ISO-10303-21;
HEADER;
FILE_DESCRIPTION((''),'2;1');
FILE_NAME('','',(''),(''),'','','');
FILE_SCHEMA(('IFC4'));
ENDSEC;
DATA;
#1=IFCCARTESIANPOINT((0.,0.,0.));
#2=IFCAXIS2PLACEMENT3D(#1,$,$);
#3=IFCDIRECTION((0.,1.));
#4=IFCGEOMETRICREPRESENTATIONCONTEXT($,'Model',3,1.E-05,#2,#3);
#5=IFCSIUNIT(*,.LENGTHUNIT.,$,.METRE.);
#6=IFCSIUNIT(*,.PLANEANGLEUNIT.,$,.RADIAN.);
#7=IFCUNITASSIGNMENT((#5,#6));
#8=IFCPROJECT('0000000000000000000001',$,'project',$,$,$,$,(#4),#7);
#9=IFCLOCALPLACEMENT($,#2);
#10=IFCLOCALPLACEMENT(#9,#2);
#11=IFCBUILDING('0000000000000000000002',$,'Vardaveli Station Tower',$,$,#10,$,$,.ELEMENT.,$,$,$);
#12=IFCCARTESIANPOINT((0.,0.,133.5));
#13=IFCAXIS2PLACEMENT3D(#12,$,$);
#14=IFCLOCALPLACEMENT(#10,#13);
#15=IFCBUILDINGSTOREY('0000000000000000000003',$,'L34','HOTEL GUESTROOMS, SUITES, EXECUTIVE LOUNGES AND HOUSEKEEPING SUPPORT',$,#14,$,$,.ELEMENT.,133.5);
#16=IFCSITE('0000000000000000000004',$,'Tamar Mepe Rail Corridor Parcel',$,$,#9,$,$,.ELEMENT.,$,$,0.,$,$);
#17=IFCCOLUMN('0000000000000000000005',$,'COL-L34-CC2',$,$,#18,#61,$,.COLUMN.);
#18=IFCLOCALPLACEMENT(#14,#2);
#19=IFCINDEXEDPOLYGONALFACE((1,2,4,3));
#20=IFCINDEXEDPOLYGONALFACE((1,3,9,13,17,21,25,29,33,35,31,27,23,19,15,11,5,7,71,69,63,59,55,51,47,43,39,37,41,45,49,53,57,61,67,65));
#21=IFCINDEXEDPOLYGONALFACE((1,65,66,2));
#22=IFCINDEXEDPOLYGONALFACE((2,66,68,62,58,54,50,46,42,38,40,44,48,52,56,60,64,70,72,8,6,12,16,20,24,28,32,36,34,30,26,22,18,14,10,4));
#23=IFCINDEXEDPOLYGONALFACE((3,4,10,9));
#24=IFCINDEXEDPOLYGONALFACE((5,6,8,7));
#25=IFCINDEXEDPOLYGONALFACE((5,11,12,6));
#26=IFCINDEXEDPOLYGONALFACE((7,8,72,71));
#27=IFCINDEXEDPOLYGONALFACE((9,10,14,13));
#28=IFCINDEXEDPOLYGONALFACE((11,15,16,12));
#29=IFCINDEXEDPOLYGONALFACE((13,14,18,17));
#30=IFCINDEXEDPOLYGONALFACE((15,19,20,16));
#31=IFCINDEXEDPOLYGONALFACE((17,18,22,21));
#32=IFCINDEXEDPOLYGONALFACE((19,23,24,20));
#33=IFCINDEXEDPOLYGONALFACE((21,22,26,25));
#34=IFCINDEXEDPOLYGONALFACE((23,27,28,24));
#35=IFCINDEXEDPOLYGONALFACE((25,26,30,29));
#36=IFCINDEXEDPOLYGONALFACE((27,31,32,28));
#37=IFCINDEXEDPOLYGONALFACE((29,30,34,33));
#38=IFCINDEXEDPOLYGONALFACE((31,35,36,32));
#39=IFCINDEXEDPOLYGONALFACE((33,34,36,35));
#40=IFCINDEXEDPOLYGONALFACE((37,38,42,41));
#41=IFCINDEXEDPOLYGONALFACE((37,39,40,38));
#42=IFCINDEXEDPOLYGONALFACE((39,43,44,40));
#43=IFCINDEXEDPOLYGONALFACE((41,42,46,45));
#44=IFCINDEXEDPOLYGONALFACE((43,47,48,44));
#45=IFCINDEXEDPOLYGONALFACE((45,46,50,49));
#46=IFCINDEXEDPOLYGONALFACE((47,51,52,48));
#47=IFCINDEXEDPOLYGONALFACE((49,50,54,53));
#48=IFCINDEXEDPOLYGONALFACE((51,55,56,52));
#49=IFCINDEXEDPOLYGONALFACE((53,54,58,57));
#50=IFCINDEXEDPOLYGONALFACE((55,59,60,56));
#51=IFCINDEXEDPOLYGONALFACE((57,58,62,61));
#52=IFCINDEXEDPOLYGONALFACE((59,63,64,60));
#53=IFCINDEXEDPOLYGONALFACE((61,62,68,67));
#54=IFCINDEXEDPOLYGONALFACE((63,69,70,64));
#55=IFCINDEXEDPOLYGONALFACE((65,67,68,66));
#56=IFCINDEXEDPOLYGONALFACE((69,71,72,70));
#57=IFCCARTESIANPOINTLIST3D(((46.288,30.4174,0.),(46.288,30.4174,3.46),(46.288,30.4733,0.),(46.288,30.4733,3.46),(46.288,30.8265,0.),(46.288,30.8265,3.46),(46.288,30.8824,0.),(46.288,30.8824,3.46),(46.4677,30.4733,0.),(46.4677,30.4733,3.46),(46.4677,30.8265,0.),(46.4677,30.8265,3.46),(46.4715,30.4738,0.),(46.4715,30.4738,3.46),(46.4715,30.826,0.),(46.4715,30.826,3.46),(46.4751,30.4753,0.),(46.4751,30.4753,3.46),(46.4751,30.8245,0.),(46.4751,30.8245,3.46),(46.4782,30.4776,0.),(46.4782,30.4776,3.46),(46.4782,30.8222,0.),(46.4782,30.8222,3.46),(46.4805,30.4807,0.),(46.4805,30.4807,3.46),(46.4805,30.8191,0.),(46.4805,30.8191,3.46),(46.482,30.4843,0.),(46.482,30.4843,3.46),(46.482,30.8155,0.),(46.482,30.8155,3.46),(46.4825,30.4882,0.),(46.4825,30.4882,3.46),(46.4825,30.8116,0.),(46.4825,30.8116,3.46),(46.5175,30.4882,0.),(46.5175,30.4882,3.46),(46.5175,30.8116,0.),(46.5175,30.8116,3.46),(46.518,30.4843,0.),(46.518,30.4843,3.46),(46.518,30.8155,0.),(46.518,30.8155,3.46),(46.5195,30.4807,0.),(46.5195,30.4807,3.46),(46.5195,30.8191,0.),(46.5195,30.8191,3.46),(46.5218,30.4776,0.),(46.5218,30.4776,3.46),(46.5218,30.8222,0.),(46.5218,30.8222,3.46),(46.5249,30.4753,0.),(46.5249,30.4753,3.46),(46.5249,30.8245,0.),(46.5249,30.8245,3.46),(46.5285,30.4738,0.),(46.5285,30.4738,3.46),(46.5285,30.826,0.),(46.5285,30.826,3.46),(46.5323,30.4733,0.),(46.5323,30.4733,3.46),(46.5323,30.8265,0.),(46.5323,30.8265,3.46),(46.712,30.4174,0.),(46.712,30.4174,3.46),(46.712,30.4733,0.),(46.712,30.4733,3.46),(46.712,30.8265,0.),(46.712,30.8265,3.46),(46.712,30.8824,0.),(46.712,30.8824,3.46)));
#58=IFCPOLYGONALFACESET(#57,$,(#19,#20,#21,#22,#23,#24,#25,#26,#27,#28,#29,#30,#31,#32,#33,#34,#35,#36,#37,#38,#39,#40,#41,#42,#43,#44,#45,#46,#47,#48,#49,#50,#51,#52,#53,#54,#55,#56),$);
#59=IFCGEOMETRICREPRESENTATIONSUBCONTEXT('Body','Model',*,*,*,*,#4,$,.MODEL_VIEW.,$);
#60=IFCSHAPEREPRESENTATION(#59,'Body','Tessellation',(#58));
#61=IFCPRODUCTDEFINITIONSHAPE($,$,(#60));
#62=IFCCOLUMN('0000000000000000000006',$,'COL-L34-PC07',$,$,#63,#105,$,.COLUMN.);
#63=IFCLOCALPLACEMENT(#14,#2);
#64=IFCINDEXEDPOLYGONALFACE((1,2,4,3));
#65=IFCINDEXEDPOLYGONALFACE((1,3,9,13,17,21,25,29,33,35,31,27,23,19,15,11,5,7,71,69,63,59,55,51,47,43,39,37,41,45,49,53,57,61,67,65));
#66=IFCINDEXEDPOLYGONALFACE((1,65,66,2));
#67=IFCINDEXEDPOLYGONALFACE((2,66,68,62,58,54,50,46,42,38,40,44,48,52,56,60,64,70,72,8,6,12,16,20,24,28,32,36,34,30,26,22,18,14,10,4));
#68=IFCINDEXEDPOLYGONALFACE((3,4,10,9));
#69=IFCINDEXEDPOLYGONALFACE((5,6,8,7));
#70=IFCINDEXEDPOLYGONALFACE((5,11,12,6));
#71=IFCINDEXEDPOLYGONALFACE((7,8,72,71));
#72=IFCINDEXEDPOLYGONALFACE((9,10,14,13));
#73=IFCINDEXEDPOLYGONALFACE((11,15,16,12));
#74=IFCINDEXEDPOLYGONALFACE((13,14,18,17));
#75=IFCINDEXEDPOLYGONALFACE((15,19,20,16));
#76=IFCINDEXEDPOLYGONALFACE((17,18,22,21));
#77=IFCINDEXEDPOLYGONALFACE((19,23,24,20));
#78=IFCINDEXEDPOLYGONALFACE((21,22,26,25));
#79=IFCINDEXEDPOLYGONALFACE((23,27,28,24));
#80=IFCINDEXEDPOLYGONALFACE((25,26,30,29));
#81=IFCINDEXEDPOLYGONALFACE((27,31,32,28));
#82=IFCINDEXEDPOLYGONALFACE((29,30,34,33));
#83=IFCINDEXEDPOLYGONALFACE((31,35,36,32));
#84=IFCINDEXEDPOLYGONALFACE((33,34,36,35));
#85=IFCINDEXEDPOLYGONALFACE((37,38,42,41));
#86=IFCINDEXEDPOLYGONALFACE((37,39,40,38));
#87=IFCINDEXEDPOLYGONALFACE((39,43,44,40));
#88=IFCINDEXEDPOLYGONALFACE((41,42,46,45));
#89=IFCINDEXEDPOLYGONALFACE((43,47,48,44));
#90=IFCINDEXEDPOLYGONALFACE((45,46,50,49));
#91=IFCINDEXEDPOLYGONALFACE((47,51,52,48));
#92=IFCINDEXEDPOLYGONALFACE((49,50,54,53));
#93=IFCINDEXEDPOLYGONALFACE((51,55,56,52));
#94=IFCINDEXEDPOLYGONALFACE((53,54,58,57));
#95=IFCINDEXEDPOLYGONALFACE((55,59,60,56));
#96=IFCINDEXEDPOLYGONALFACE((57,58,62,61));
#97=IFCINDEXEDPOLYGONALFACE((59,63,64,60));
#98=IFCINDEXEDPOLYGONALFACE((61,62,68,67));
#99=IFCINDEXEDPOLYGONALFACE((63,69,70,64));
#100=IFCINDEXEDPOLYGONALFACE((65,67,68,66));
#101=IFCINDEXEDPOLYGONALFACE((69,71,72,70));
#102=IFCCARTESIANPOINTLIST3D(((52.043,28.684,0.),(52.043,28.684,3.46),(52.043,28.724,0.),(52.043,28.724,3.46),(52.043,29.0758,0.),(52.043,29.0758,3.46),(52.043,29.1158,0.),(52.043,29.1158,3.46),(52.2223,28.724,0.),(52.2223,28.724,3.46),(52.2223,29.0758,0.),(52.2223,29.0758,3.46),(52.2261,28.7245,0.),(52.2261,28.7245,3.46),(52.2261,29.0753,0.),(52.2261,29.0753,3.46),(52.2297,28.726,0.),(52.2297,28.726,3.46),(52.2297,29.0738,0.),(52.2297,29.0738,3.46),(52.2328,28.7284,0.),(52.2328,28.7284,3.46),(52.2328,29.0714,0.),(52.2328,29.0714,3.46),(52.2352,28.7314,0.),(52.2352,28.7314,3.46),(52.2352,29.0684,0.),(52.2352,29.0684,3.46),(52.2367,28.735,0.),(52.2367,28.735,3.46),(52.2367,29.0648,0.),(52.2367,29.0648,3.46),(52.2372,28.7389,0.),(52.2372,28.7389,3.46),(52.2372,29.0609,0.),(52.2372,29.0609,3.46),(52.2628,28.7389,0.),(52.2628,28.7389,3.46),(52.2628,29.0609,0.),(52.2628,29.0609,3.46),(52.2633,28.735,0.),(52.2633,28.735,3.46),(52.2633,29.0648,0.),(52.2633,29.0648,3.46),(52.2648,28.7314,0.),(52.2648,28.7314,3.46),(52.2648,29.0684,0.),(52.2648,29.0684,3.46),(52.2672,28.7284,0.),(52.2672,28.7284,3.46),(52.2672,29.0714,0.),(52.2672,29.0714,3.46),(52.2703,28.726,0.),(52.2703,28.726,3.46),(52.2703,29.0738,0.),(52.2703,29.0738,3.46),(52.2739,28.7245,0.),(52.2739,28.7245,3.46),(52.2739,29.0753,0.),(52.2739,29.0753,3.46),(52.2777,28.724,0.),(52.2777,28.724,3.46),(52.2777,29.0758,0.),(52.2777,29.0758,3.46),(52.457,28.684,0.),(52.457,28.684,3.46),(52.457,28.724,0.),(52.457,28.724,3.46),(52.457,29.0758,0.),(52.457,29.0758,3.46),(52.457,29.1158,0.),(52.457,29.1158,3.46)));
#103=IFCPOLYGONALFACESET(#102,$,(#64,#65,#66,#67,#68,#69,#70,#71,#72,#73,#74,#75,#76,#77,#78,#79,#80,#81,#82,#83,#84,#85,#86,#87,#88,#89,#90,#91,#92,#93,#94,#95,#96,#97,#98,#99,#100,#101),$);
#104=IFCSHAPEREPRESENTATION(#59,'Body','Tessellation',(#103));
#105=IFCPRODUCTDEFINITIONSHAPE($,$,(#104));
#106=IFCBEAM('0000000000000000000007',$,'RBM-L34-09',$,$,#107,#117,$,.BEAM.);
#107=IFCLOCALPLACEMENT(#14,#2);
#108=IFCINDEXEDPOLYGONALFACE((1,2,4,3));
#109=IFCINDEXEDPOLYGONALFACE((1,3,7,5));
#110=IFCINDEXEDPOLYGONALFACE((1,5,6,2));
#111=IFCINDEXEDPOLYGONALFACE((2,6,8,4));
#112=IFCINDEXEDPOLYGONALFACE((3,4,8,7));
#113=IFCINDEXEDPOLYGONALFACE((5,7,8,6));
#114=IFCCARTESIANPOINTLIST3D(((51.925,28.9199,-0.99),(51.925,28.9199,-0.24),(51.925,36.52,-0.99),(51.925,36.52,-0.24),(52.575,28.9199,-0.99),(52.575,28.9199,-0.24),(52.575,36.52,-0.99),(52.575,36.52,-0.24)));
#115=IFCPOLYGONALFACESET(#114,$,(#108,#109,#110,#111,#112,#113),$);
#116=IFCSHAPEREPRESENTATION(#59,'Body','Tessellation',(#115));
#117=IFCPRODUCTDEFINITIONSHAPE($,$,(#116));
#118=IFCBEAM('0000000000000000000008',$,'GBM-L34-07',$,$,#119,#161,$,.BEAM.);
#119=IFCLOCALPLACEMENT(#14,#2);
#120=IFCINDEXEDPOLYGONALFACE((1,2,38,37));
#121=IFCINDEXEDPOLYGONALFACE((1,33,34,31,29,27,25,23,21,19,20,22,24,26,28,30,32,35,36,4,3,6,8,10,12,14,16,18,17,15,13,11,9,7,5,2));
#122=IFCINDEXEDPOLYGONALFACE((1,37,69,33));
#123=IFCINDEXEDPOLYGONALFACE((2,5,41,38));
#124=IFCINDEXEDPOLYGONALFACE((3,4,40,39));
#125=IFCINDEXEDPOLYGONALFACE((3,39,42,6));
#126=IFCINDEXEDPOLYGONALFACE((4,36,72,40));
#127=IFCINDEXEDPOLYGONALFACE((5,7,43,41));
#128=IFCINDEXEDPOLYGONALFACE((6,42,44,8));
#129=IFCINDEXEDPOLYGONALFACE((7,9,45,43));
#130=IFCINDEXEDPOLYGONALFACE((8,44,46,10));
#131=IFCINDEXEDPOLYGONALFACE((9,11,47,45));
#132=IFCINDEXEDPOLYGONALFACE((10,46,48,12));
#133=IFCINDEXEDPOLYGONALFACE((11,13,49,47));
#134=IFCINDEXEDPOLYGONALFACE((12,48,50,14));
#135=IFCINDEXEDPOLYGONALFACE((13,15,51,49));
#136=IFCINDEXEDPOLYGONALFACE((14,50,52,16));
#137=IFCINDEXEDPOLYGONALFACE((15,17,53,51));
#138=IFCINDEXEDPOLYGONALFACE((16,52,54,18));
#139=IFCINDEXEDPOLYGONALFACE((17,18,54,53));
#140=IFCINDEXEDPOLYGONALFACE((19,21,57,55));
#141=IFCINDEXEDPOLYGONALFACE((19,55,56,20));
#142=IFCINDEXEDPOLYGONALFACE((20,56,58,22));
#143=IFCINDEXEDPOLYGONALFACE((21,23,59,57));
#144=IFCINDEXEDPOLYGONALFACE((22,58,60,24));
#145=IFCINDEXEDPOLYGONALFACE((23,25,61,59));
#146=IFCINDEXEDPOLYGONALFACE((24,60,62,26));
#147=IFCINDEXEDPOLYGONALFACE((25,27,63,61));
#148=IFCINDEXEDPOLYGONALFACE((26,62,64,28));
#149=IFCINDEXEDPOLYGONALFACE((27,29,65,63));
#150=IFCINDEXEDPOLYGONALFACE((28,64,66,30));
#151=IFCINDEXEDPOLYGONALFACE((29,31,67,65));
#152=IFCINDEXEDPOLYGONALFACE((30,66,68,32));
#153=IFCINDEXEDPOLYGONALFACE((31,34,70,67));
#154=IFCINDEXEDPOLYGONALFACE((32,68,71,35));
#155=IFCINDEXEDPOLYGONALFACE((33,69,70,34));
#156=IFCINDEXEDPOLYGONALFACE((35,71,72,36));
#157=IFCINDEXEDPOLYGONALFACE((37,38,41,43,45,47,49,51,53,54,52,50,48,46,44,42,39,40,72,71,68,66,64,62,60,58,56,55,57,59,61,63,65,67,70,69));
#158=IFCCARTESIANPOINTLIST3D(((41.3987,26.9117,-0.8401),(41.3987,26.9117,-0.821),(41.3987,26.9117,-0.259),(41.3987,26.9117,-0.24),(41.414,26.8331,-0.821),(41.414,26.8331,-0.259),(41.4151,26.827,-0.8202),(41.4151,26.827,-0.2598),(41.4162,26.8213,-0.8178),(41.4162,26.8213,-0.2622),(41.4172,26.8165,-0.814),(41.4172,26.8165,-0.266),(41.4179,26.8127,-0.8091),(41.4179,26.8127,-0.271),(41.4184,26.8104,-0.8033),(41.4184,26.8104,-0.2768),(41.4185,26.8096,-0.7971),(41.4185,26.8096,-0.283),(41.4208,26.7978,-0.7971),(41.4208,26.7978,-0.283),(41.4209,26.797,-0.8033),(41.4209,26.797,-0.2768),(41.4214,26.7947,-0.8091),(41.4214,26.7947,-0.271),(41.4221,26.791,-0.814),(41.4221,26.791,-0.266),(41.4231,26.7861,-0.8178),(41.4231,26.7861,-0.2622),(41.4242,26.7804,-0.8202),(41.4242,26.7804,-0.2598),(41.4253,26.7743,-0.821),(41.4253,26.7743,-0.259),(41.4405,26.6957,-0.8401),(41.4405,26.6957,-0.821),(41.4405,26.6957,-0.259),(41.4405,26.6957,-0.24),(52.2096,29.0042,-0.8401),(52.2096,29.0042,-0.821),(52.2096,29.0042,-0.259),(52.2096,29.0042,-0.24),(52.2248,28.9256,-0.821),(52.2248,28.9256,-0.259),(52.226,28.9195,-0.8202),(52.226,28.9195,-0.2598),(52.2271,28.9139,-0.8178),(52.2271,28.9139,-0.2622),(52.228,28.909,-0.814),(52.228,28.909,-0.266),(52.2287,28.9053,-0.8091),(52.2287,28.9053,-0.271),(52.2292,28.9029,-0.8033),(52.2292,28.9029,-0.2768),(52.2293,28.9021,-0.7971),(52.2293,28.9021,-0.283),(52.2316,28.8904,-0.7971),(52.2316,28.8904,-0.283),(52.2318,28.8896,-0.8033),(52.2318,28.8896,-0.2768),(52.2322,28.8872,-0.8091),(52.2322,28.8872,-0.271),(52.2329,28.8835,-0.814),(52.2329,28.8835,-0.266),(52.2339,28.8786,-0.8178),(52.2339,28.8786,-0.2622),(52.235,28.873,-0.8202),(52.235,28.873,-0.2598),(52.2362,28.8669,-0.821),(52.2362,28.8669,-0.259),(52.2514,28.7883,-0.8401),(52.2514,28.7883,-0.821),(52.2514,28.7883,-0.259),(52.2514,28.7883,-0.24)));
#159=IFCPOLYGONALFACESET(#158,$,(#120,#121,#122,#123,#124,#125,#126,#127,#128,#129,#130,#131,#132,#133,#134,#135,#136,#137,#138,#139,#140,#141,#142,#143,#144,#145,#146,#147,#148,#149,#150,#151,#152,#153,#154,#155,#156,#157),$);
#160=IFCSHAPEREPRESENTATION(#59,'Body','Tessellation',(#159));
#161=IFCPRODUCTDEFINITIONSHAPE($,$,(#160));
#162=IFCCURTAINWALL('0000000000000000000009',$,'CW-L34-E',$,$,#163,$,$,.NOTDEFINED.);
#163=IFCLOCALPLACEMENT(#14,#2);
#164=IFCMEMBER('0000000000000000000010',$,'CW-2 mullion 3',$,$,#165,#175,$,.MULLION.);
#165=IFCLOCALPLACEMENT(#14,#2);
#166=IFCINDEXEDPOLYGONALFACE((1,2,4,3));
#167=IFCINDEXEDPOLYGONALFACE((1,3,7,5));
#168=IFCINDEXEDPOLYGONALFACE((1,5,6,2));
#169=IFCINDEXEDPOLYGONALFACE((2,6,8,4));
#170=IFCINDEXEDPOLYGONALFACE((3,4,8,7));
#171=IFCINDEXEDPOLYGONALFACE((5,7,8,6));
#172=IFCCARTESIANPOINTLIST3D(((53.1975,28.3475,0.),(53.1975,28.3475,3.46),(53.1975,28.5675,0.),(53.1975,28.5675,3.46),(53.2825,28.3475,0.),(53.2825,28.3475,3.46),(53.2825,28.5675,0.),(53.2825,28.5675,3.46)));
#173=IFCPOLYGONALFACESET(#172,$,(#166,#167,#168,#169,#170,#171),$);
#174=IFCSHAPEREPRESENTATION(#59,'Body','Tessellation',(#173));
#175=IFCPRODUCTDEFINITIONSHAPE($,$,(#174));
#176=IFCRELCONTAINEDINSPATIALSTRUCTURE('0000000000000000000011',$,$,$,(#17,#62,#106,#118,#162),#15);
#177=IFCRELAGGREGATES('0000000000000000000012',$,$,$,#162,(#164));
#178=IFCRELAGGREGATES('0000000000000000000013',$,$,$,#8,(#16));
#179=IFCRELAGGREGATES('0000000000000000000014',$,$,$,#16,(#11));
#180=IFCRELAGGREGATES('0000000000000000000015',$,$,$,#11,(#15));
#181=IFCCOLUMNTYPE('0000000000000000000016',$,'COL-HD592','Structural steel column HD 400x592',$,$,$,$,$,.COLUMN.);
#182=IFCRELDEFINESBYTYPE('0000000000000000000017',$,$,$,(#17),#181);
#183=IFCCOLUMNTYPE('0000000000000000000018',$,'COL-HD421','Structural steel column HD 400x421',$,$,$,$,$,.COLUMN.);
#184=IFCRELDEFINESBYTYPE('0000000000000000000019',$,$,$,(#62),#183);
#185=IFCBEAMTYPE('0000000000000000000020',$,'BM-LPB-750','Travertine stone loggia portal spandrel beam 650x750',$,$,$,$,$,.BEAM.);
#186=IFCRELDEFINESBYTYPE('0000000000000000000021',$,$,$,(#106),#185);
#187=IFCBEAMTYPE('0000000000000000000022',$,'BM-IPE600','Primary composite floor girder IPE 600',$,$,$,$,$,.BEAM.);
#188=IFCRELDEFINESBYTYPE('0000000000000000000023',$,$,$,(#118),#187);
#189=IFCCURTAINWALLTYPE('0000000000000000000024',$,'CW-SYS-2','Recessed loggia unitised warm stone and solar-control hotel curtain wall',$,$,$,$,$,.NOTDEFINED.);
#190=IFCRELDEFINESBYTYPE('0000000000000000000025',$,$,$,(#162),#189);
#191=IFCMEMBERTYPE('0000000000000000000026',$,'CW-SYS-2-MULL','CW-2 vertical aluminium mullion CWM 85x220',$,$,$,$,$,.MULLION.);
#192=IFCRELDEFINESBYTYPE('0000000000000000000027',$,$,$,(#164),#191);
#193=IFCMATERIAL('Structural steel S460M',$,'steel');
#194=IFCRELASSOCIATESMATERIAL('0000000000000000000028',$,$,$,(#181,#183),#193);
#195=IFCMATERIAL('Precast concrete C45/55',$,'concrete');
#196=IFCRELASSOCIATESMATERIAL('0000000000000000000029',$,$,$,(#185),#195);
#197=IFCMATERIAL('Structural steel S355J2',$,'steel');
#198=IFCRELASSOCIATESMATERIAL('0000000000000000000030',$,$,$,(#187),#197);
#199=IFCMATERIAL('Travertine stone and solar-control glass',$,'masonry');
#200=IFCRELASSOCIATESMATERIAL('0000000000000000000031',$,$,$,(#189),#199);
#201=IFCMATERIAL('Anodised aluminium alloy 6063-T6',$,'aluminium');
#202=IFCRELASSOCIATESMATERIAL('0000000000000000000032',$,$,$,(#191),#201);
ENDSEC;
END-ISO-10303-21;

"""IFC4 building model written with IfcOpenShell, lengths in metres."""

from ifc_helpers import new_model, si_unit, direction, frame, origin, origin_2d, place, context, subcontext, project, spatial, rectangle, i_section, extrude, source, transform, mapped, material, material_profile, profile_set, type_object, element, aggregate, save


model = new_model("IFC4")

# Units and contexts
model_context = context("Model", 3, precision=1e-05, world=origin(), true_north=direction((0.0, 1.0)))
body_context = subcontext(model_context, "Body", "Model", "MODEL_VIEW")
ifc_project = project(units=[si_unit("LENGTHUNIT", "METRE"), si_unit("PLANEANGLEUNIT", "RADIAN")], contexts=[model_context])

# Site, building, storey
site_placement = place(None, origin())
site = spatial("IfcSite", under=ifc_project, at=site_placement, Name="Tamar Mepe Rail Corridor Parcel", CompositionType="ELEMENT", RefElevation=0.0)
building_placement = place(site_placement, origin())
building = spatial("IfcBuilding", under=site, at=building_placement, Name="Vardaveli Station Tower", CompositionType="ELEMENT")
storey_placement = place(building_placement, frame((0.0, 0.0, 133.5)))
storey = spatial("IfcBuildingStorey", under=building, at=storey_placement, Name="L34", Description="HOTEL GUESTROOMS, SUITES, EXECUTIVE LOUNGES AND HOUSEKEEPING SUPPORT", CompositionType="ELEMENT", Elevation=133.5)

# Columns
ifc_material_1 = material(Name="Structural steel S460M", Category="steel")
ifc_material_profile_1 = material_profile(ifc_material_1, i_section(OverallWidth=0.4241, OverallDepth=0.4651, WebThickness=0.0349, FlangeThickness=0.0559, FilletRadius=0.0149, at=origin_2d()), Name="HD 400x592")
ifc_profile_set_1 = profile_set([ifc_material_profile_1], Name="Structural steel S460M")
column_type_1 = type_object("IfcColumnType", Name="COL-HD592", Description="Structural steel column HD 400x592", PredefinedType="COLUMN", material=ifc_profile_set_1)
shared_shape_1 = source(origin(), body_context, "Body", "SweptSolid", [
    extrude(i_section(OverallWidth=0.4241, OverallDepth=0.4651, WebThickness=0.0349, FlangeThickness=0.0559, FilletRadius=0.0149, at=origin_2d()), origin(), (0.0, 0.0, 1.0), 3.46),
])
column_1_placement = place(storey_placement, frame((46.5, 30.6499, 0.0), z_axis=(0.0, 0.0, 1.0), x_axis=(1.0, 0.0, 0.0)))
element("IfcColumn", 1, at=column_1_placement, inside=storey, type_object=column_type_1, Name="COL-L34-CC2", PredefinedType="COLUMN", context=body_context, shape_type="MappedRepresentation", body=[
    mapped(shared_shape_1, transform((0.0, 0.0, 0.0), scale=1.0)),
])
ifc_material_profile_2 = material_profile(ifc_material_1, i_section(OverallWidth=0.4141, OverallDepth=0.4319, WebThickness=0.0256, FlangeThickness=0.04, FilletRadius=0.0149, at=origin_2d()), Name="HD 400x421")
ifc_profile_set_2 = profile_set([ifc_material_profile_2], Name="Structural steel S460M")
column_type_2 = type_object("IfcColumnType", Name="COL-HD421", Description="Structural steel column HD 400x421", PredefinedType="COLUMN", material=ifc_profile_set_2)
shared_shape_2 = source(origin(), body_context, "Body", "SweptSolid", [
    extrude(i_section(OverallWidth=0.4141, OverallDepth=0.4319, WebThickness=0.0256, FlangeThickness=0.04, FilletRadius=0.0149, at=origin_2d()), origin(), (0.0, 0.0, 1.0), 3.46),
])
column_2_placement = place(storey_placement, frame((52.25, 28.8999, 0.0), z_axis=(0.0, 0.0, 1.0), x_axis=(1.0, 0.0, 0.0)))
element("IfcColumn", 2, at=column_2_placement, inside=storey, type_object=column_type_2, Name="COL-L34-PC07", PredefinedType="COLUMN", context=body_context, shape_type="MappedRepresentation", body=[
    mapped(shared_shape_2, transform((0.0, 0.0, 0.0), scale=1.0)),
])

# Beams
ifc_material_2 = material(Name="Precast concrete C45/55", Category="concrete")
ifc_material_profile_3 = material_profile(ifc_material_2, rectangle(XDim=0.6499, YDim=0.75, at=origin_2d()), Name="LPB 650x750")
ifc_profile_set_3 = profile_set([ifc_material_profile_3], Name="Precast concrete C45/55")
beam_type_1 = type_object("IfcBeamType", Name="BM-LPB-750", Description="Travertine stone loggia portal spandrel beam 650x750", PredefinedType="BEAM", material=ifc_profile_set_3)
shared_shape_3 = source(origin(), body_context, "Body", "SweptSolid", [
    extrude(rectangle(XDim=0.6499, YDim=0.75, at=origin_2d()), origin(), (0.0, 0.0, 1.0), 7.6001),
])
beam_1_placement = place(storey_placement, frame((52.25, 28.9199, -0.615), z_axis=(0.0, 1.0, 0.0), x_axis=(-1.0, 0.0, 0.0)))
element("IfcBeam", 3, at=beam_1_placement, inside=storey, type_object=beam_type_1, Name="RBM-L34-09", PredefinedType="BEAM", context=body_context, shape_type="MappedRepresentation", body=[
    mapped(shared_shape_3, transform((0.0, 0.0, 0.0), scale=1.0)),
])
ifc_material_3 = material(Name="Structural steel S355J2", Category="steel")
ifc_material_profile_4 = material_profile(ifc_material_3, i_section(OverallWidth=0.22, OverallDepth=0.6001, WebThickness=0.012, FlangeThickness=0.019, FilletRadius=0.0239, at=origin_2d()), Name="IPE 600")
ifc_profile_set_4 = profile_set([ifc_material_profile_4], Name="Structural steel S355J2")
beam_type_2 = type_object("IfcBeamType", Name="BM-IPE600", Description="Primary composite floor girder IPE 600", PredefinedType="BEAM", material=ifc_profile_set_4)
shared_shape_4 = source(origin(), body_context, "Body", "SweptSolid", [
    extrude(i_section(OverallWidth=0.22, OverallDepth=0.6001, WebThickness=0.012, FlangeThickness=0.019, FilletRadius=0.0239, at=origin_2d()), origin(), (0.0, 0.0, 1.0), 11.0115),
])
beam_2_placement = place(storey_placement, frame((52.2305, 28.8962, -0.54), z_axis=(-0.981778, -0.190032, 0.0), x_axis=(0.190032, -0.981778, 0.0)))
element("IfcBeam", 4, at=beam_2_placement, inside=storey, type_object=beam_type_2, Name="GBM-L34-07", PredefinedType="BEAM", context=body_context, shape_type="MappedRepresentation", body=[
    mapped(shared_shape_4, transform((0.0, 0.0, 0.0), scale=1.0)),
])

# Curtain wall, member
ifc_material_4 = material(Name="Travertine stone and solar-control glass", Category="masonry")
curtain_wall_type = type_object("IfcCurtainWallType", Name="CW-SYS-2", Description="Recessed loggia unitised warm stone and solar-control hotel curtain wall", PredefinedType="NOTDEFINED", material=ifc_material_4)
curtain_wall_placement = place(storey_placement, origin())
curtain_wall = element("IfcCurtainWall", 5, at=curtain_wall_placement, inside=storey, type_object=curtain_wall_type, Name="CW-L34-E", PredefinedType="NOTDEFINED")
ifc_material_5 = material(Name="Anodised aluminium alloy 6063-T6", Category="aluminium")
ifc_material_profile_5 = material_profile(ifc_material_5, rectangle(XDim=0.085, YDim=0.22, at=origin_2d()), Name="CWM 85x220")
ifc_profile_set_5 = profile_set([ifc_material_profile_5], Name="Anodised aluminium alloy 6063-T6")
member_type = type_object("IfcMemberType", Name="CW-SYS-2-MULL", Description="CW-2 vertical aluminium mullion CWM 85x220", PredefinedType="MULLION", material=ifc_profile_set_5)
shared_shape_5 = source(origin(), body_context, "Body", "SweptSolid", [
    extrude(rectangle(XDim=0.085, YDim=0.22, at=origin_2d()), origin(), (0.0, 0.0, 1.0), 3.46),
])
member_placement = place(storey_placement, frame((53.24, 28.4575, 0.0), z_axis=(0.0, 0.0, 1.0), x_axis=(-1.0, 0.0, 0.0)))
member = element("IfcMember", 6, at=member_placement, type_object=member_type, Name="CW-2 mullion 3", PredefinedType="MULLION", context=body_context, shape_type="MappedRepresentation", body=[
    mapped(shared_shape_5, transform((0.0, 0.0, 0.0), scale=1.0)),
])
aggregate(curtain_wall, [member])

save(model, "model.ifc")
